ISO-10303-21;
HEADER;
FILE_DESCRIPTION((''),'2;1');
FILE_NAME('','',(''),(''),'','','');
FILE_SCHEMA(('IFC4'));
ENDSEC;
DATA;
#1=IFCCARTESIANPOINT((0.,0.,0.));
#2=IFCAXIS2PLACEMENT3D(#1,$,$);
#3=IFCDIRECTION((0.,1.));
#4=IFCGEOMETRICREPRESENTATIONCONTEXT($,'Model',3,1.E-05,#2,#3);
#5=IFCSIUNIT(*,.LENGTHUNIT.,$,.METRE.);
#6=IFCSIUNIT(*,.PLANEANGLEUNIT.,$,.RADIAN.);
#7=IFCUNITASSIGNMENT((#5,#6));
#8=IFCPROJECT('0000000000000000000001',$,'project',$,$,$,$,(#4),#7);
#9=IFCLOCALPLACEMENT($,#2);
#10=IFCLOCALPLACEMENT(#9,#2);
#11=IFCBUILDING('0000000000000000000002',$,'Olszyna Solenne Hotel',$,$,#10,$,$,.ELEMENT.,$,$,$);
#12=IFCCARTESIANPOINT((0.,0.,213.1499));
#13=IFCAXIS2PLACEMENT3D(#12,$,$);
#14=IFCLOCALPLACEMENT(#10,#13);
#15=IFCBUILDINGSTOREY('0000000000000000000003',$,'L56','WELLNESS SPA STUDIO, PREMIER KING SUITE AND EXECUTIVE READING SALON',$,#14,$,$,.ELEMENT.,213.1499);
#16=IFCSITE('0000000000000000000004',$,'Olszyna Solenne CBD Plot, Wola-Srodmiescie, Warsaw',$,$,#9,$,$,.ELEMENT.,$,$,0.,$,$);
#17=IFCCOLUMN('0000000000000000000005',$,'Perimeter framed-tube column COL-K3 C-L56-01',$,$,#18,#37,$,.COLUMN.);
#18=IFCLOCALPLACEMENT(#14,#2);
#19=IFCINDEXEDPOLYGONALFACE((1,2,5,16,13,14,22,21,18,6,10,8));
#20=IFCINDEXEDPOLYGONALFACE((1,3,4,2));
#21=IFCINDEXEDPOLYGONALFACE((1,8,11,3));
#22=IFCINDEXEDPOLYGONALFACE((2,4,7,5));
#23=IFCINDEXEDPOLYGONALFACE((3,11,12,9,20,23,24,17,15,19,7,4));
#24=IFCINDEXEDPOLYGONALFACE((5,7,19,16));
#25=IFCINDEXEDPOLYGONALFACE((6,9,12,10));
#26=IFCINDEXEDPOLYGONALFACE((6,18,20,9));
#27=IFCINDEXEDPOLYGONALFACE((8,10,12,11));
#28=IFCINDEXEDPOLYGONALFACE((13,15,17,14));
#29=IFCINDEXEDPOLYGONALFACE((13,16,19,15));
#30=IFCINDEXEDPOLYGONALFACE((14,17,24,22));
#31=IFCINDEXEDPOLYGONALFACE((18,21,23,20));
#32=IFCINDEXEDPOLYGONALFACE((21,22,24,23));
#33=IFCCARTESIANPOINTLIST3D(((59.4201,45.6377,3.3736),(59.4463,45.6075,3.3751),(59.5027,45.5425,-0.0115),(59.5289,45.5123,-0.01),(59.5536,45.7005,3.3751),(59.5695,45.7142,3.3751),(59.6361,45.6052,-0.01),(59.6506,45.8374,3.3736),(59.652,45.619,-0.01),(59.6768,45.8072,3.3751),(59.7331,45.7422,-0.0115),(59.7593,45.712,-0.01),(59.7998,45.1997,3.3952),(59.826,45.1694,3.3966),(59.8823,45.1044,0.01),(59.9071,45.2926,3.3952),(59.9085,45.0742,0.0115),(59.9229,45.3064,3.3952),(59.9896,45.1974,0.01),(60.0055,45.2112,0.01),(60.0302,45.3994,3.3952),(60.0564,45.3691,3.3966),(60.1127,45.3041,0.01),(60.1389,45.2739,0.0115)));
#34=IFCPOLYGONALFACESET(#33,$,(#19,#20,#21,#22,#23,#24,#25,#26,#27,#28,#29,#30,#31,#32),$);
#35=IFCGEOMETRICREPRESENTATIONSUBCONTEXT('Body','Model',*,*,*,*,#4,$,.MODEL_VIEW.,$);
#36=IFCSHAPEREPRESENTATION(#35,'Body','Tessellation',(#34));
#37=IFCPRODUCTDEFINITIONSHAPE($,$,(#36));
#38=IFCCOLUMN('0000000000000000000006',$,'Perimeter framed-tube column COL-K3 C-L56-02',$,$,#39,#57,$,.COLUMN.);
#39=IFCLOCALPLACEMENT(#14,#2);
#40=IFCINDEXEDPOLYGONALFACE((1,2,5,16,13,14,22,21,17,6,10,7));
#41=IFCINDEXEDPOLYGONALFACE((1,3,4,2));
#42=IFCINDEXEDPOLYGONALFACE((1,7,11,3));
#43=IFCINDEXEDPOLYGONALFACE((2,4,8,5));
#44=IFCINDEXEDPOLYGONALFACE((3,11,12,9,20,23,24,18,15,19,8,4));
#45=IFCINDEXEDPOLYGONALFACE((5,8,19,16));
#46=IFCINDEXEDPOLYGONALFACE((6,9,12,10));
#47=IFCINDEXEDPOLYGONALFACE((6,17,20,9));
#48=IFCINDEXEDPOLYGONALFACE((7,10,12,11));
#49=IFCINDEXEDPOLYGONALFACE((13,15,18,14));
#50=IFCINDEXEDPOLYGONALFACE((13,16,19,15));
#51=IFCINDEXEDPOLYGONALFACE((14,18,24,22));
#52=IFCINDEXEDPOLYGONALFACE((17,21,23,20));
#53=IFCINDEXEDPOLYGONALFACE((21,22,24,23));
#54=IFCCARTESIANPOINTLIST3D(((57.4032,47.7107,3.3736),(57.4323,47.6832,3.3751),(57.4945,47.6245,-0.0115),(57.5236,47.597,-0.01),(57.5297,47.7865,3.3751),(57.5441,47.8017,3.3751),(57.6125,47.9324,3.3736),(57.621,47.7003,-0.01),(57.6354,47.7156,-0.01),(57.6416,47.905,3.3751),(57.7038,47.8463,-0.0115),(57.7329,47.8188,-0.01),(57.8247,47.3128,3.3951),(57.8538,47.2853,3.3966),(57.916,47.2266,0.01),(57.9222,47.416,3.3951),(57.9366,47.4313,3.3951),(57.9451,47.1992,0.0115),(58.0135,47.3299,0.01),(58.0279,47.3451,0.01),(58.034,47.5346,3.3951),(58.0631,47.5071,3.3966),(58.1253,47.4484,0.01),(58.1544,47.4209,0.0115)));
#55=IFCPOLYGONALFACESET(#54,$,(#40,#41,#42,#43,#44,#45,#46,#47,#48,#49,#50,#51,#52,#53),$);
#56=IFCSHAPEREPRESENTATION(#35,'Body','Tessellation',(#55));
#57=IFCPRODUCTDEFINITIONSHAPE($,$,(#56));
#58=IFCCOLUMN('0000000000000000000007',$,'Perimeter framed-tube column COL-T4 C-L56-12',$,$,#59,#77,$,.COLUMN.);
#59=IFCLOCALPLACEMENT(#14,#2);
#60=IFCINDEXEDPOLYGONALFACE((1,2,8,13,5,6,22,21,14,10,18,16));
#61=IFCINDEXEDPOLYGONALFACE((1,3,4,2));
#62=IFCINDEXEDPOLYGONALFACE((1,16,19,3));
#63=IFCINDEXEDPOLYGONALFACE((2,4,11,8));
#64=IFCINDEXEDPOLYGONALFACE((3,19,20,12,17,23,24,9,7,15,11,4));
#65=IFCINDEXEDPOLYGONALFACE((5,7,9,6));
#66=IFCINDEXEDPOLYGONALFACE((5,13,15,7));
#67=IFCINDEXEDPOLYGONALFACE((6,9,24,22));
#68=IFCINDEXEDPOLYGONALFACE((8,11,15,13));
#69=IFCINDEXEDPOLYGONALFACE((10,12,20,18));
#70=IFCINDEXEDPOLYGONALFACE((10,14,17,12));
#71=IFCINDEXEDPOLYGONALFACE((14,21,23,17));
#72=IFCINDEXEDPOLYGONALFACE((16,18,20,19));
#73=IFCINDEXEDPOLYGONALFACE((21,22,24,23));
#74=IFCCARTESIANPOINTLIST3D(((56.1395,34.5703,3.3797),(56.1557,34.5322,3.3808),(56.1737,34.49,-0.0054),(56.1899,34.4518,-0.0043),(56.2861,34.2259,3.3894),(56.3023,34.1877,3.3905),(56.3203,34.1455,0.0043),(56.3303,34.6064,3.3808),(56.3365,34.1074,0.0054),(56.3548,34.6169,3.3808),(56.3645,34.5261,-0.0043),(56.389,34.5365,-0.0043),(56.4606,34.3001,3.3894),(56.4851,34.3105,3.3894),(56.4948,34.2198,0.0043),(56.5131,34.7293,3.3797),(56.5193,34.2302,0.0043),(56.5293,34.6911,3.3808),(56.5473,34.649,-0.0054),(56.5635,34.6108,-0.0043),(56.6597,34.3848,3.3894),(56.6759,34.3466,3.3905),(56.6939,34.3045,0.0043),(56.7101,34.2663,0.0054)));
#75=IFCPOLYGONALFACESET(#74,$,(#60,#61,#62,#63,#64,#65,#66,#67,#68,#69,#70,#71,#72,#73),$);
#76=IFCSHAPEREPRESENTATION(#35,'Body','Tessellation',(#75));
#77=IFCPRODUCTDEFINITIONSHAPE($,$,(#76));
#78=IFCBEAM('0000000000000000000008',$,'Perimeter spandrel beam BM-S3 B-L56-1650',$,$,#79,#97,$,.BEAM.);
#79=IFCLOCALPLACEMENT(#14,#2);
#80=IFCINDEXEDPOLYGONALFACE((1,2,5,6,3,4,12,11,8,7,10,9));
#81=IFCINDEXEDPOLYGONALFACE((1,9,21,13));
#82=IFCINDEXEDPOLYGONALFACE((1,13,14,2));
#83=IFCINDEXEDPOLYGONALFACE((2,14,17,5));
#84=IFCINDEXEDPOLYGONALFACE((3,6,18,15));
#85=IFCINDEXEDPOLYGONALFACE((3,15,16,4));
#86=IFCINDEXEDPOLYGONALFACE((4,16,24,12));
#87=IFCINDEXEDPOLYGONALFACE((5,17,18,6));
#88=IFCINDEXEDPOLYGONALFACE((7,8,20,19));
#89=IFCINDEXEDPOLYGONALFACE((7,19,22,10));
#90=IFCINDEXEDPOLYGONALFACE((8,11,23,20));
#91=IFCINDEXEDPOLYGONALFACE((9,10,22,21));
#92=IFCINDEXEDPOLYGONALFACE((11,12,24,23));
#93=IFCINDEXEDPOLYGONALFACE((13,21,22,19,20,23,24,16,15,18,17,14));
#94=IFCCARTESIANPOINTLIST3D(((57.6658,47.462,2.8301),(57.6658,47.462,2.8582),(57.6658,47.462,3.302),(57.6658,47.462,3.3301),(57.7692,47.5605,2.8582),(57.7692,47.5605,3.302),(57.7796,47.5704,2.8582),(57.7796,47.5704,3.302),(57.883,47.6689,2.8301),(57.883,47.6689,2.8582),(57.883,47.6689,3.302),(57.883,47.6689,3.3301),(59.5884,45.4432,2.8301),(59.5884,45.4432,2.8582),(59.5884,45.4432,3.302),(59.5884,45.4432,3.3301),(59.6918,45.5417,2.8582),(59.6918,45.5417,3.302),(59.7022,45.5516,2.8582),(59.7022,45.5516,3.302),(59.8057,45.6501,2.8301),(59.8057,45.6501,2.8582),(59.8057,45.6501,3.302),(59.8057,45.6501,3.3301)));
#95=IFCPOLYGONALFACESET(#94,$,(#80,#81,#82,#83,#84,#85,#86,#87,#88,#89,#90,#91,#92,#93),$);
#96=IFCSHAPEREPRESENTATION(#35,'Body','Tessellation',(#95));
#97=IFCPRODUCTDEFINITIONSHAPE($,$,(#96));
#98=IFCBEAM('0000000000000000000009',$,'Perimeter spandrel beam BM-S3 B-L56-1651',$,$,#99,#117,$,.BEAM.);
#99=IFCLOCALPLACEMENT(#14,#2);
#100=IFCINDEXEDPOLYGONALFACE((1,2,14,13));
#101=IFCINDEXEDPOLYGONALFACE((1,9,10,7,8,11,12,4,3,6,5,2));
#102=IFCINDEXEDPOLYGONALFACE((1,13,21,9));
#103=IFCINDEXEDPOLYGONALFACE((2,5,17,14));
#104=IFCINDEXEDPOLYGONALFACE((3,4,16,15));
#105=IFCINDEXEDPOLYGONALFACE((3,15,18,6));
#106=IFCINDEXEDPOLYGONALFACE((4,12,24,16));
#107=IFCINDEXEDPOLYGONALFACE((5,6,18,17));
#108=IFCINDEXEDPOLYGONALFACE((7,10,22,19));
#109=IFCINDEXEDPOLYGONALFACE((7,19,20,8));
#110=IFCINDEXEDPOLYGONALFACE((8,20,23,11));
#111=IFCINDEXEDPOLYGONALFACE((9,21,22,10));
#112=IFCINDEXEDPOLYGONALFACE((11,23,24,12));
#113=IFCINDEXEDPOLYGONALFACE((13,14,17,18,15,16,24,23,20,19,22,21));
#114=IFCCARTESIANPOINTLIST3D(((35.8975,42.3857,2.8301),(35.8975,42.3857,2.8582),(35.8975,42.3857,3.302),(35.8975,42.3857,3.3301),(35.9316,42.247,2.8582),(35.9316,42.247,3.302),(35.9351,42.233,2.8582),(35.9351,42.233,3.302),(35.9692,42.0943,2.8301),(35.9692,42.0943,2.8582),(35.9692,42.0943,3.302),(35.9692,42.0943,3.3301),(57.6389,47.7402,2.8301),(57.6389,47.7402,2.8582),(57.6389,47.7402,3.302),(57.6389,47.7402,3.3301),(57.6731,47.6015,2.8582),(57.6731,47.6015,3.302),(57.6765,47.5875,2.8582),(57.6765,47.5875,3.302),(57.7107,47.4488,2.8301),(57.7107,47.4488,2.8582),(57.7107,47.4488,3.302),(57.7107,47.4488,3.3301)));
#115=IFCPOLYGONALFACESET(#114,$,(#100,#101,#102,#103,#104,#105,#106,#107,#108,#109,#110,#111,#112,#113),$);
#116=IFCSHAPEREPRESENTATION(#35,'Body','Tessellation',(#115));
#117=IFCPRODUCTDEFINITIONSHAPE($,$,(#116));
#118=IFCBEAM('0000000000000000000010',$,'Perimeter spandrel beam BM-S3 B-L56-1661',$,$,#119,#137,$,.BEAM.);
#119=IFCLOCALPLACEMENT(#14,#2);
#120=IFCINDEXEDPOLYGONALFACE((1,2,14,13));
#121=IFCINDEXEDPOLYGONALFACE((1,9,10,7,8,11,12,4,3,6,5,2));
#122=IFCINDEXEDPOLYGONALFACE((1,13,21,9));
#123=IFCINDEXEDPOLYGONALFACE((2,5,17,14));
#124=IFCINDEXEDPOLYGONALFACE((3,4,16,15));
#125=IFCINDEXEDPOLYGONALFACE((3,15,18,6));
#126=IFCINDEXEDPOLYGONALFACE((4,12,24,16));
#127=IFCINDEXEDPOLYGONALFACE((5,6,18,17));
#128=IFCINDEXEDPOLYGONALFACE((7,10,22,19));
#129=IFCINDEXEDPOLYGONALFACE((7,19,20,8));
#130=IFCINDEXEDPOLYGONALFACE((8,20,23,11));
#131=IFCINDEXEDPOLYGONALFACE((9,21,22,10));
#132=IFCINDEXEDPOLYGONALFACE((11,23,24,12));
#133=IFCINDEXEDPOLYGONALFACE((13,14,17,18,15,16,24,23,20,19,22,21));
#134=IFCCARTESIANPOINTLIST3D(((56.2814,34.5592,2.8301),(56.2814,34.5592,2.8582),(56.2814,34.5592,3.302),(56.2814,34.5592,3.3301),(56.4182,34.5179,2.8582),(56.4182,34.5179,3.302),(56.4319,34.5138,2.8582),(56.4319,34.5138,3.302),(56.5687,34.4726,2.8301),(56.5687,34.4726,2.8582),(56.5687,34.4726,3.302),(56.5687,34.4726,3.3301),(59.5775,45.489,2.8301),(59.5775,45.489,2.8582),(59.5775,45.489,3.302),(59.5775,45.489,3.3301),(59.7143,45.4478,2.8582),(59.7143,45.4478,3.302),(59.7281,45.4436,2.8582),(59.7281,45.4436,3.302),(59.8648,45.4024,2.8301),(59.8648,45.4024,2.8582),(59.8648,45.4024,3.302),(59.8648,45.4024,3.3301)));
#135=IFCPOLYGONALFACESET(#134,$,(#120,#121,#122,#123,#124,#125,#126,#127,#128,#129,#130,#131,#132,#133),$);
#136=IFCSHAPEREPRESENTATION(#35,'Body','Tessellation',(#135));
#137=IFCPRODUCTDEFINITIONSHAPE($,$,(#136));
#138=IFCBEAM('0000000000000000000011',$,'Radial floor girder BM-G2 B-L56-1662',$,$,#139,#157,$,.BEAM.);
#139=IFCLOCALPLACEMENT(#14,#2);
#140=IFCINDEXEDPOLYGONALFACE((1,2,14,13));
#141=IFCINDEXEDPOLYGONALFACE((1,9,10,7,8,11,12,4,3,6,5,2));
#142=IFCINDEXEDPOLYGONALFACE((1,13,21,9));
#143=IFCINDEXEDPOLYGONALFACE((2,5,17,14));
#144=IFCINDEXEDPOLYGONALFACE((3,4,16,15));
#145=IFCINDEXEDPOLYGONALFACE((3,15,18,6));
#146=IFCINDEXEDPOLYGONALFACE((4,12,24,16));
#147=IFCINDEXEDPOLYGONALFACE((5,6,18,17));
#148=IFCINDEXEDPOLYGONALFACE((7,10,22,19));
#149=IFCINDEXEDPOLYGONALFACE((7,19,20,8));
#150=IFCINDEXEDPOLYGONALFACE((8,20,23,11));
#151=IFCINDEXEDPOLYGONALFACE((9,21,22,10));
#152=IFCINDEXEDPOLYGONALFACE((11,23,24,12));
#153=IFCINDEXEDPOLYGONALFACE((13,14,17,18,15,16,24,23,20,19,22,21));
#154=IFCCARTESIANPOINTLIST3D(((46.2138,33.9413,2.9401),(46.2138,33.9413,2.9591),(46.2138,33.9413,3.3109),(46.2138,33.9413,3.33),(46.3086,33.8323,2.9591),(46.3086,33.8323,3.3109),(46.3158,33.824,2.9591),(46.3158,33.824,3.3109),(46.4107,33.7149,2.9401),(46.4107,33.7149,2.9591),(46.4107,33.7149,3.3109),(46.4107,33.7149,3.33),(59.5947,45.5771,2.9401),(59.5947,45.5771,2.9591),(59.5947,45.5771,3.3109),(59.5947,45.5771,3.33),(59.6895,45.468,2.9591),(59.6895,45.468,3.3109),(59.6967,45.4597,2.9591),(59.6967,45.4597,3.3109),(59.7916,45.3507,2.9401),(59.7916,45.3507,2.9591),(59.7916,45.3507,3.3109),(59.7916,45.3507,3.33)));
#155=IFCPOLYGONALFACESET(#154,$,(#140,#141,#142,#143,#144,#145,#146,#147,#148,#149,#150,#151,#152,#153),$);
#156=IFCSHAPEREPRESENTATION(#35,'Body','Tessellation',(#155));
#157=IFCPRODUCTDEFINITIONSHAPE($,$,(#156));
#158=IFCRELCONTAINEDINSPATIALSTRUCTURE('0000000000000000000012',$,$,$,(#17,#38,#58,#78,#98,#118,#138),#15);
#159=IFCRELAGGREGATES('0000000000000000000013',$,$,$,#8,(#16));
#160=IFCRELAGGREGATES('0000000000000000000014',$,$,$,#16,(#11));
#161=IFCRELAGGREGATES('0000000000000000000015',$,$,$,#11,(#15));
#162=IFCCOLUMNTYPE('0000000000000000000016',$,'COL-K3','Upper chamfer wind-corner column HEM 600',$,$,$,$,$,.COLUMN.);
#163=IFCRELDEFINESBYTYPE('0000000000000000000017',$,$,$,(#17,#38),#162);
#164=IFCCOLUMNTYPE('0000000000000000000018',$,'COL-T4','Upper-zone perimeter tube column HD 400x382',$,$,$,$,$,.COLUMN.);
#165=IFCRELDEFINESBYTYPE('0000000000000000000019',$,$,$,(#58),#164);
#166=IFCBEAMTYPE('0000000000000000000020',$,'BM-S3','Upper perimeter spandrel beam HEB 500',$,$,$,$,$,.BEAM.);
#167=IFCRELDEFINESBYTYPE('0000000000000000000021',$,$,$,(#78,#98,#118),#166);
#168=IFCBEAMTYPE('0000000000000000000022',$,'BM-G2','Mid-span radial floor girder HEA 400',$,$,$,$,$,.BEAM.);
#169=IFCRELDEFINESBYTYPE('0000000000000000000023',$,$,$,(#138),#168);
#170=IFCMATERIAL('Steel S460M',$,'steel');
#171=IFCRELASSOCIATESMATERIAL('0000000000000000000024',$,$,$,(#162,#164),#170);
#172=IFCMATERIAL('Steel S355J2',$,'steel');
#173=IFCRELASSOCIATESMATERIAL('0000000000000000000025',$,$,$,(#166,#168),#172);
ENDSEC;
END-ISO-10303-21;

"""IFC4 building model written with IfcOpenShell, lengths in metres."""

from ifc_helpers import new_model, si_unit, direction, frame, origin, origin_2d, place, context, subcontext, project, spatial, i_section, extrude, source, transform, mapped, material, material_profile, profile_set, type_object, element, save


model = new_model("IFC4")

# Units and contexts
model_context = context("Model", 3, precision=1e-05, world=origin(), true_north=direction((0.0, 1.0)))
body_context = subcontext(model_context, "Body", "Model", "MODEL_VIEW")
ifc_project = project(units=[si_unit("LENGTHUNIT", "METRE"), si_unit("PLANEANGLEUNIT", "RADIAN")], contexts=[model_context])

# Site, building, storey
site_placement = place(None, origin())
site = spatial("IfcSite", under=ifc_project, at=site_placement, Name="Olszyna Solenne CBD Plot, Wola-Srodmiescie, Warsaw", CompositionType="ELEMENT", RefElevation=0.0)
building_placement = place(site_placement, origin())
building = spatial("IfcBuilding", under=site, at=building_placement, Name="Olszyna Solenne Hotel", CompositionType="ELEMENT")
storey_placement = place(building_placement, frame((0.0, 0.0, 213.1499)))
storey = spatial("IfcBuildingStorey", under=building, at=storey_placement, Name="L56", Description="WELLNESS SPA STUDIO, PREMIER KING SUITE AND EXECUTIVE READING SALON", CompositionType="ELEMENT", Elevation=213.1499)

# Columns
ifc_material_1 = material(Name="Steel S460M", Category="steel")
ifc_material_profile_1 = material_profile(ifc_material_1, i_section(OverallWidth=0.3049, OverallDepth=0.6201, WebThickness=0.021, FlangeThickness=0.04, at=origin_2d()), Name="HEM 600", Category="load-bearing")
ifc_profile_set_1 = profile_set([ifc_material_profile_1], Name="Steel S460M")
column_type_1 = type_object("IfcColumnType", Name="COL-K3", Description="Upper chamfer wind-corner column HEM 600", PredefinedType="COLUMN", material=ifc_profile_set_1)
shared_shape_1 = source(origin(), body_context, "Body", "SweptSolid", [
    extrude(i_section(OverallWidth=0.3049, OverallDepth=0.6201, WebThickness=0.021, FlangeThickness=0.04, at=origin_2d()), origin(), (0.0, 0.0, 1.0), 3.3875),
])
for number, where, z_axis, x_axis, name in (
    (1, (59.8208, 45.4082, 0.0), (-0.024361, 0.028109, 0.999308), (-0.755689, -0.654931, 0.0), "Perimeter framed-tube column COL-K3 C-L56-01"),
    (2, (57.8245, 47.5227, 0.0), (-0.026956, 0.025442, 0.999313), (-0.686395, -0.727229, 0.0), "Perimeter framed-tube column COL-K3 C-L56-02"),
):
    element("IfcColumn", number, at=place(storey_placement, frame(where, z_axis=z_axis, x_axis=x_axis)), inside=storey, type_object=column_type_1, Name=name, PredefinedType="COLUMN", context=body_context, shape_type="MappedRepresentation", body=[
        mapped(shared_shape_1, transform((0.0, 0.0, 0.0), x_axis=(1.0, 0.0, 0.0), y_axis=(0.0, 1.0, 0.0), z_axis=(0.0, 0.0, 1.0), scale=1.0)),
    ])
ifc_material_profile_2 = material_profile(ifc_material_1, i_section(OverallWidth=0.406, OverallDepth=0.416, WebThickness=0.0266, FlangeThickness=0.0415, at=origin_2d()), Name="HD 400x382", Category="load-bearing")
ifc_profile_set_2 = profile_set([ifc_material_profile_2], Name="Steel S460M")
column_type_2 = type_object("IfcColumnType", Name="COL-T4", Description="Upper-zone perimeter tube column HD 400x382", PredefinedType="COLUMN", material=ifc_profile_set_2)
shared_shape_2 = source(origin(), body_context, "Body", "SweptSolid", [
    extrude(i_section(OverallWidth=0.406, OverallDepth=0.416, WebThickness=0.0266, FlangeThickness=0.0415, at=origin_2d()), origin(), (0.0, 0.0, 1.0), 3.3862),
])
column_placement = place(storey_placement, frame((56.4419, 34.3782, 0.0), z_axis=(-0.010094, 0.023721, 0.999668), x_axis=(-0.920155, -0.391555, 0.0)))
element("IfcColumn", 3, at=column_placement, inside=storey, type_object=column_type_2, Name="Perimeter framed-tube column COL-T4 C-L56-12", PredefinedType="COLUMN", context=body_context, shape_type="MappedRepresentation", body=[
    mapped(shared_shape_2, transform((0.0, 0.0, 0.0), x_axis=(1.0, 0.0, 0.0), y_axis=(0.0, 1.0, 0.0), z_axis=(0.0, 0.0, 1.0), scale=1.0)),
])

# Beams
ifc_material_2 = material(Name="Steel S355J2", Category="steel")
ifc_material_profile_3 = material_profile(ifc_material_2, i_section(OverallWidth=0.3, OverallDepth=0.5, WebThickness=0.0144, FlangeThickness=0.0281, at=origin_2d()), Name="HEB 500", Category="load-bearing")
ifc_profile_set_3 = profile_set([ifc_material_profile_3], Name="Steel S355J2")
beam_type_1 = type_object("IfcBeamType", Name="BM-S3", Description="Upper perimeter spandrel beam HEB 500", PredefinedType="BEAM", material=ifc_profile_set_3)
shared_shape_3 = source(origin(), body_context, "Body", "SweptSolid", [
    extrude(i_section(OverallWidth=0.3, OverallDepth=0.5, WebThickness=0.0144, FlangeThickness=0.0281, at=origin_2d()), origin(), (0.0, 0.0, 1.0), 2.7878),
])
beam_1_placement = place(storey_placement, frame((59.697, 45.5466, 3.0801), z_axis=(-0.689644, 0.724148, 0.0), x_axis=(-0.724148, -0.689644, 0.0)))
element("IfcBeam", 4, at=beam_1_placement, inside=storey, type_object=beam_type_1, Name="Perimeter spandrel beam BM-S3 B-L56-1650", PredefinedType="BEAM", context=body_context, shape_type="MappedRepresentation", body=[
    mapped(shared_shape_3, transform((0.0, 0.0, 0.0), x_axis=(1.0, 0.0, 0.0), y_axis=(0.0, 1.0, 0.0), z_axis=(0.0, 0.0, 1.0), scale=1.0)),
])
shared_shape_4 = source(origin(), body_context, "Body", "SweptSolid", [
    extrude(i_section(OverallWidth=0.3, OverallDepth=0.5, WebThickness=0.0144, FlangeThickness=0.0281, at=origin_2d()), origin(), (0.0, 0.0, 1.0), 22.3911),
])
beam_2_placement = place(storey_placement, frame((57.6748, 47.5945, 3.0801), z_axis=(-0.970986, -0.239135, 0.0), x_axis=(0.239135, -0.970986, 0.0)))
element("IfcBeam", 5, at=beam_2_placement, inside=storey, type_object=beam_type_1, Name="Perimeter spandrel beam BM-S3 B-L56-1651", PredefinedType="BEAM", context=body_context, shape_type="MappedRepresentation", body=[
    mapped(shared_shape_4, transform((0.0, 0.0, 0.0), x_axis=(1.0, 0.0, 0.0), y_axis=(0.0, 1.0, 0.0), z_axis=(0.0, 0.0, 1.0), scale=1.0)),
])
shared_shape_5 = source(origin(), body_context, "Body", "SweptSolid", [
    extrude(i_section(OverallWidth=0.3, OverallDepth=0.5, WebThickness=0.0144, FlangeThickness=0.0281, at=origin_2d()), origin(), (0.0, 0.0, 1.0), 11.416),
])
beam_3_placement = place(storey_placement, frame((56.425, 34.5159, 3.0801), z_axis=(0.288727, 0.957412, 0.0), x_axis=(-0.957412, 0.288727, 0.0)))
element("IfcBeam", 6, at=beam_3_placement, inside=storey, type_object=beam_type_1, Name="Perimeter spandrel beam BM-S3 B-L56-1661", PredefinedType="BEAM", context=body_context, shape_type="MappedRepresentation", body=[
    mapped(shared_shape_5, transform((0.0, 0.0, 0.0), x_axis=(1.0, 0.0, 0.0), y_axis=(0.0, 1.0, 0.0), z_axis=(0.0, 0.0, 1.0), scale=1.0)),
])
ifc_material_profile_4 = material_profile(ifc_material_2, i_section(OverallWidth=0.3, OverallDepth=0.3899, WebThickness=0.011, FlangeThickness=0.019, at=origin_2d()), Name="HEA 400", Category="load-bearing")
ifc_profile_set_4 = profile_set([ifc_material_profile_4], Name="Steel S355J2")
beam_type_2 = type_object("IfcBeamType", Name="BM-G2", Description="Mid-span radial floor girder HEA 400", PredefinedType="BEAM", material=ifc_profile_set_4)
shared_shape_6 = source(origin(), body_context, "Body", "SweptSolid", [
    extrude(i_section(OverallWidth=0.3, OverallDepth=0.3899, WebThickness=0.011, FlangeThickness=0.019, at=origin_2d()), origin(), (0.0, 0.0, 1.0), 17.7324),
])
beam_4_placement = place(storey_placement, frame((59.6931, 45.4639, 3.135), z_axis=(-0.7546, -0.656186, 0.0), x_axis=(0.656186, -0.7546, 0.0)))
element("IfcBeam", 7, at=beam_4_placement, inside=storey, type_object=beam_type_2, Name="Radial floor girder BM-G2 B-L56-1662", PredefinedType="BEAM", context=body_context, shape_type="MappedRepresentation", body=[
    mapped(shared_shape_6, transform((0.0, 0.0, 0.0), x_axis=(1.0, 0.0, 0.0), y_axis=(0.0, 1.0, 0.0), z_axis=(0.0, 0.0, 1.0), scale=1.0)),
])

save(model, "model.ifc")
